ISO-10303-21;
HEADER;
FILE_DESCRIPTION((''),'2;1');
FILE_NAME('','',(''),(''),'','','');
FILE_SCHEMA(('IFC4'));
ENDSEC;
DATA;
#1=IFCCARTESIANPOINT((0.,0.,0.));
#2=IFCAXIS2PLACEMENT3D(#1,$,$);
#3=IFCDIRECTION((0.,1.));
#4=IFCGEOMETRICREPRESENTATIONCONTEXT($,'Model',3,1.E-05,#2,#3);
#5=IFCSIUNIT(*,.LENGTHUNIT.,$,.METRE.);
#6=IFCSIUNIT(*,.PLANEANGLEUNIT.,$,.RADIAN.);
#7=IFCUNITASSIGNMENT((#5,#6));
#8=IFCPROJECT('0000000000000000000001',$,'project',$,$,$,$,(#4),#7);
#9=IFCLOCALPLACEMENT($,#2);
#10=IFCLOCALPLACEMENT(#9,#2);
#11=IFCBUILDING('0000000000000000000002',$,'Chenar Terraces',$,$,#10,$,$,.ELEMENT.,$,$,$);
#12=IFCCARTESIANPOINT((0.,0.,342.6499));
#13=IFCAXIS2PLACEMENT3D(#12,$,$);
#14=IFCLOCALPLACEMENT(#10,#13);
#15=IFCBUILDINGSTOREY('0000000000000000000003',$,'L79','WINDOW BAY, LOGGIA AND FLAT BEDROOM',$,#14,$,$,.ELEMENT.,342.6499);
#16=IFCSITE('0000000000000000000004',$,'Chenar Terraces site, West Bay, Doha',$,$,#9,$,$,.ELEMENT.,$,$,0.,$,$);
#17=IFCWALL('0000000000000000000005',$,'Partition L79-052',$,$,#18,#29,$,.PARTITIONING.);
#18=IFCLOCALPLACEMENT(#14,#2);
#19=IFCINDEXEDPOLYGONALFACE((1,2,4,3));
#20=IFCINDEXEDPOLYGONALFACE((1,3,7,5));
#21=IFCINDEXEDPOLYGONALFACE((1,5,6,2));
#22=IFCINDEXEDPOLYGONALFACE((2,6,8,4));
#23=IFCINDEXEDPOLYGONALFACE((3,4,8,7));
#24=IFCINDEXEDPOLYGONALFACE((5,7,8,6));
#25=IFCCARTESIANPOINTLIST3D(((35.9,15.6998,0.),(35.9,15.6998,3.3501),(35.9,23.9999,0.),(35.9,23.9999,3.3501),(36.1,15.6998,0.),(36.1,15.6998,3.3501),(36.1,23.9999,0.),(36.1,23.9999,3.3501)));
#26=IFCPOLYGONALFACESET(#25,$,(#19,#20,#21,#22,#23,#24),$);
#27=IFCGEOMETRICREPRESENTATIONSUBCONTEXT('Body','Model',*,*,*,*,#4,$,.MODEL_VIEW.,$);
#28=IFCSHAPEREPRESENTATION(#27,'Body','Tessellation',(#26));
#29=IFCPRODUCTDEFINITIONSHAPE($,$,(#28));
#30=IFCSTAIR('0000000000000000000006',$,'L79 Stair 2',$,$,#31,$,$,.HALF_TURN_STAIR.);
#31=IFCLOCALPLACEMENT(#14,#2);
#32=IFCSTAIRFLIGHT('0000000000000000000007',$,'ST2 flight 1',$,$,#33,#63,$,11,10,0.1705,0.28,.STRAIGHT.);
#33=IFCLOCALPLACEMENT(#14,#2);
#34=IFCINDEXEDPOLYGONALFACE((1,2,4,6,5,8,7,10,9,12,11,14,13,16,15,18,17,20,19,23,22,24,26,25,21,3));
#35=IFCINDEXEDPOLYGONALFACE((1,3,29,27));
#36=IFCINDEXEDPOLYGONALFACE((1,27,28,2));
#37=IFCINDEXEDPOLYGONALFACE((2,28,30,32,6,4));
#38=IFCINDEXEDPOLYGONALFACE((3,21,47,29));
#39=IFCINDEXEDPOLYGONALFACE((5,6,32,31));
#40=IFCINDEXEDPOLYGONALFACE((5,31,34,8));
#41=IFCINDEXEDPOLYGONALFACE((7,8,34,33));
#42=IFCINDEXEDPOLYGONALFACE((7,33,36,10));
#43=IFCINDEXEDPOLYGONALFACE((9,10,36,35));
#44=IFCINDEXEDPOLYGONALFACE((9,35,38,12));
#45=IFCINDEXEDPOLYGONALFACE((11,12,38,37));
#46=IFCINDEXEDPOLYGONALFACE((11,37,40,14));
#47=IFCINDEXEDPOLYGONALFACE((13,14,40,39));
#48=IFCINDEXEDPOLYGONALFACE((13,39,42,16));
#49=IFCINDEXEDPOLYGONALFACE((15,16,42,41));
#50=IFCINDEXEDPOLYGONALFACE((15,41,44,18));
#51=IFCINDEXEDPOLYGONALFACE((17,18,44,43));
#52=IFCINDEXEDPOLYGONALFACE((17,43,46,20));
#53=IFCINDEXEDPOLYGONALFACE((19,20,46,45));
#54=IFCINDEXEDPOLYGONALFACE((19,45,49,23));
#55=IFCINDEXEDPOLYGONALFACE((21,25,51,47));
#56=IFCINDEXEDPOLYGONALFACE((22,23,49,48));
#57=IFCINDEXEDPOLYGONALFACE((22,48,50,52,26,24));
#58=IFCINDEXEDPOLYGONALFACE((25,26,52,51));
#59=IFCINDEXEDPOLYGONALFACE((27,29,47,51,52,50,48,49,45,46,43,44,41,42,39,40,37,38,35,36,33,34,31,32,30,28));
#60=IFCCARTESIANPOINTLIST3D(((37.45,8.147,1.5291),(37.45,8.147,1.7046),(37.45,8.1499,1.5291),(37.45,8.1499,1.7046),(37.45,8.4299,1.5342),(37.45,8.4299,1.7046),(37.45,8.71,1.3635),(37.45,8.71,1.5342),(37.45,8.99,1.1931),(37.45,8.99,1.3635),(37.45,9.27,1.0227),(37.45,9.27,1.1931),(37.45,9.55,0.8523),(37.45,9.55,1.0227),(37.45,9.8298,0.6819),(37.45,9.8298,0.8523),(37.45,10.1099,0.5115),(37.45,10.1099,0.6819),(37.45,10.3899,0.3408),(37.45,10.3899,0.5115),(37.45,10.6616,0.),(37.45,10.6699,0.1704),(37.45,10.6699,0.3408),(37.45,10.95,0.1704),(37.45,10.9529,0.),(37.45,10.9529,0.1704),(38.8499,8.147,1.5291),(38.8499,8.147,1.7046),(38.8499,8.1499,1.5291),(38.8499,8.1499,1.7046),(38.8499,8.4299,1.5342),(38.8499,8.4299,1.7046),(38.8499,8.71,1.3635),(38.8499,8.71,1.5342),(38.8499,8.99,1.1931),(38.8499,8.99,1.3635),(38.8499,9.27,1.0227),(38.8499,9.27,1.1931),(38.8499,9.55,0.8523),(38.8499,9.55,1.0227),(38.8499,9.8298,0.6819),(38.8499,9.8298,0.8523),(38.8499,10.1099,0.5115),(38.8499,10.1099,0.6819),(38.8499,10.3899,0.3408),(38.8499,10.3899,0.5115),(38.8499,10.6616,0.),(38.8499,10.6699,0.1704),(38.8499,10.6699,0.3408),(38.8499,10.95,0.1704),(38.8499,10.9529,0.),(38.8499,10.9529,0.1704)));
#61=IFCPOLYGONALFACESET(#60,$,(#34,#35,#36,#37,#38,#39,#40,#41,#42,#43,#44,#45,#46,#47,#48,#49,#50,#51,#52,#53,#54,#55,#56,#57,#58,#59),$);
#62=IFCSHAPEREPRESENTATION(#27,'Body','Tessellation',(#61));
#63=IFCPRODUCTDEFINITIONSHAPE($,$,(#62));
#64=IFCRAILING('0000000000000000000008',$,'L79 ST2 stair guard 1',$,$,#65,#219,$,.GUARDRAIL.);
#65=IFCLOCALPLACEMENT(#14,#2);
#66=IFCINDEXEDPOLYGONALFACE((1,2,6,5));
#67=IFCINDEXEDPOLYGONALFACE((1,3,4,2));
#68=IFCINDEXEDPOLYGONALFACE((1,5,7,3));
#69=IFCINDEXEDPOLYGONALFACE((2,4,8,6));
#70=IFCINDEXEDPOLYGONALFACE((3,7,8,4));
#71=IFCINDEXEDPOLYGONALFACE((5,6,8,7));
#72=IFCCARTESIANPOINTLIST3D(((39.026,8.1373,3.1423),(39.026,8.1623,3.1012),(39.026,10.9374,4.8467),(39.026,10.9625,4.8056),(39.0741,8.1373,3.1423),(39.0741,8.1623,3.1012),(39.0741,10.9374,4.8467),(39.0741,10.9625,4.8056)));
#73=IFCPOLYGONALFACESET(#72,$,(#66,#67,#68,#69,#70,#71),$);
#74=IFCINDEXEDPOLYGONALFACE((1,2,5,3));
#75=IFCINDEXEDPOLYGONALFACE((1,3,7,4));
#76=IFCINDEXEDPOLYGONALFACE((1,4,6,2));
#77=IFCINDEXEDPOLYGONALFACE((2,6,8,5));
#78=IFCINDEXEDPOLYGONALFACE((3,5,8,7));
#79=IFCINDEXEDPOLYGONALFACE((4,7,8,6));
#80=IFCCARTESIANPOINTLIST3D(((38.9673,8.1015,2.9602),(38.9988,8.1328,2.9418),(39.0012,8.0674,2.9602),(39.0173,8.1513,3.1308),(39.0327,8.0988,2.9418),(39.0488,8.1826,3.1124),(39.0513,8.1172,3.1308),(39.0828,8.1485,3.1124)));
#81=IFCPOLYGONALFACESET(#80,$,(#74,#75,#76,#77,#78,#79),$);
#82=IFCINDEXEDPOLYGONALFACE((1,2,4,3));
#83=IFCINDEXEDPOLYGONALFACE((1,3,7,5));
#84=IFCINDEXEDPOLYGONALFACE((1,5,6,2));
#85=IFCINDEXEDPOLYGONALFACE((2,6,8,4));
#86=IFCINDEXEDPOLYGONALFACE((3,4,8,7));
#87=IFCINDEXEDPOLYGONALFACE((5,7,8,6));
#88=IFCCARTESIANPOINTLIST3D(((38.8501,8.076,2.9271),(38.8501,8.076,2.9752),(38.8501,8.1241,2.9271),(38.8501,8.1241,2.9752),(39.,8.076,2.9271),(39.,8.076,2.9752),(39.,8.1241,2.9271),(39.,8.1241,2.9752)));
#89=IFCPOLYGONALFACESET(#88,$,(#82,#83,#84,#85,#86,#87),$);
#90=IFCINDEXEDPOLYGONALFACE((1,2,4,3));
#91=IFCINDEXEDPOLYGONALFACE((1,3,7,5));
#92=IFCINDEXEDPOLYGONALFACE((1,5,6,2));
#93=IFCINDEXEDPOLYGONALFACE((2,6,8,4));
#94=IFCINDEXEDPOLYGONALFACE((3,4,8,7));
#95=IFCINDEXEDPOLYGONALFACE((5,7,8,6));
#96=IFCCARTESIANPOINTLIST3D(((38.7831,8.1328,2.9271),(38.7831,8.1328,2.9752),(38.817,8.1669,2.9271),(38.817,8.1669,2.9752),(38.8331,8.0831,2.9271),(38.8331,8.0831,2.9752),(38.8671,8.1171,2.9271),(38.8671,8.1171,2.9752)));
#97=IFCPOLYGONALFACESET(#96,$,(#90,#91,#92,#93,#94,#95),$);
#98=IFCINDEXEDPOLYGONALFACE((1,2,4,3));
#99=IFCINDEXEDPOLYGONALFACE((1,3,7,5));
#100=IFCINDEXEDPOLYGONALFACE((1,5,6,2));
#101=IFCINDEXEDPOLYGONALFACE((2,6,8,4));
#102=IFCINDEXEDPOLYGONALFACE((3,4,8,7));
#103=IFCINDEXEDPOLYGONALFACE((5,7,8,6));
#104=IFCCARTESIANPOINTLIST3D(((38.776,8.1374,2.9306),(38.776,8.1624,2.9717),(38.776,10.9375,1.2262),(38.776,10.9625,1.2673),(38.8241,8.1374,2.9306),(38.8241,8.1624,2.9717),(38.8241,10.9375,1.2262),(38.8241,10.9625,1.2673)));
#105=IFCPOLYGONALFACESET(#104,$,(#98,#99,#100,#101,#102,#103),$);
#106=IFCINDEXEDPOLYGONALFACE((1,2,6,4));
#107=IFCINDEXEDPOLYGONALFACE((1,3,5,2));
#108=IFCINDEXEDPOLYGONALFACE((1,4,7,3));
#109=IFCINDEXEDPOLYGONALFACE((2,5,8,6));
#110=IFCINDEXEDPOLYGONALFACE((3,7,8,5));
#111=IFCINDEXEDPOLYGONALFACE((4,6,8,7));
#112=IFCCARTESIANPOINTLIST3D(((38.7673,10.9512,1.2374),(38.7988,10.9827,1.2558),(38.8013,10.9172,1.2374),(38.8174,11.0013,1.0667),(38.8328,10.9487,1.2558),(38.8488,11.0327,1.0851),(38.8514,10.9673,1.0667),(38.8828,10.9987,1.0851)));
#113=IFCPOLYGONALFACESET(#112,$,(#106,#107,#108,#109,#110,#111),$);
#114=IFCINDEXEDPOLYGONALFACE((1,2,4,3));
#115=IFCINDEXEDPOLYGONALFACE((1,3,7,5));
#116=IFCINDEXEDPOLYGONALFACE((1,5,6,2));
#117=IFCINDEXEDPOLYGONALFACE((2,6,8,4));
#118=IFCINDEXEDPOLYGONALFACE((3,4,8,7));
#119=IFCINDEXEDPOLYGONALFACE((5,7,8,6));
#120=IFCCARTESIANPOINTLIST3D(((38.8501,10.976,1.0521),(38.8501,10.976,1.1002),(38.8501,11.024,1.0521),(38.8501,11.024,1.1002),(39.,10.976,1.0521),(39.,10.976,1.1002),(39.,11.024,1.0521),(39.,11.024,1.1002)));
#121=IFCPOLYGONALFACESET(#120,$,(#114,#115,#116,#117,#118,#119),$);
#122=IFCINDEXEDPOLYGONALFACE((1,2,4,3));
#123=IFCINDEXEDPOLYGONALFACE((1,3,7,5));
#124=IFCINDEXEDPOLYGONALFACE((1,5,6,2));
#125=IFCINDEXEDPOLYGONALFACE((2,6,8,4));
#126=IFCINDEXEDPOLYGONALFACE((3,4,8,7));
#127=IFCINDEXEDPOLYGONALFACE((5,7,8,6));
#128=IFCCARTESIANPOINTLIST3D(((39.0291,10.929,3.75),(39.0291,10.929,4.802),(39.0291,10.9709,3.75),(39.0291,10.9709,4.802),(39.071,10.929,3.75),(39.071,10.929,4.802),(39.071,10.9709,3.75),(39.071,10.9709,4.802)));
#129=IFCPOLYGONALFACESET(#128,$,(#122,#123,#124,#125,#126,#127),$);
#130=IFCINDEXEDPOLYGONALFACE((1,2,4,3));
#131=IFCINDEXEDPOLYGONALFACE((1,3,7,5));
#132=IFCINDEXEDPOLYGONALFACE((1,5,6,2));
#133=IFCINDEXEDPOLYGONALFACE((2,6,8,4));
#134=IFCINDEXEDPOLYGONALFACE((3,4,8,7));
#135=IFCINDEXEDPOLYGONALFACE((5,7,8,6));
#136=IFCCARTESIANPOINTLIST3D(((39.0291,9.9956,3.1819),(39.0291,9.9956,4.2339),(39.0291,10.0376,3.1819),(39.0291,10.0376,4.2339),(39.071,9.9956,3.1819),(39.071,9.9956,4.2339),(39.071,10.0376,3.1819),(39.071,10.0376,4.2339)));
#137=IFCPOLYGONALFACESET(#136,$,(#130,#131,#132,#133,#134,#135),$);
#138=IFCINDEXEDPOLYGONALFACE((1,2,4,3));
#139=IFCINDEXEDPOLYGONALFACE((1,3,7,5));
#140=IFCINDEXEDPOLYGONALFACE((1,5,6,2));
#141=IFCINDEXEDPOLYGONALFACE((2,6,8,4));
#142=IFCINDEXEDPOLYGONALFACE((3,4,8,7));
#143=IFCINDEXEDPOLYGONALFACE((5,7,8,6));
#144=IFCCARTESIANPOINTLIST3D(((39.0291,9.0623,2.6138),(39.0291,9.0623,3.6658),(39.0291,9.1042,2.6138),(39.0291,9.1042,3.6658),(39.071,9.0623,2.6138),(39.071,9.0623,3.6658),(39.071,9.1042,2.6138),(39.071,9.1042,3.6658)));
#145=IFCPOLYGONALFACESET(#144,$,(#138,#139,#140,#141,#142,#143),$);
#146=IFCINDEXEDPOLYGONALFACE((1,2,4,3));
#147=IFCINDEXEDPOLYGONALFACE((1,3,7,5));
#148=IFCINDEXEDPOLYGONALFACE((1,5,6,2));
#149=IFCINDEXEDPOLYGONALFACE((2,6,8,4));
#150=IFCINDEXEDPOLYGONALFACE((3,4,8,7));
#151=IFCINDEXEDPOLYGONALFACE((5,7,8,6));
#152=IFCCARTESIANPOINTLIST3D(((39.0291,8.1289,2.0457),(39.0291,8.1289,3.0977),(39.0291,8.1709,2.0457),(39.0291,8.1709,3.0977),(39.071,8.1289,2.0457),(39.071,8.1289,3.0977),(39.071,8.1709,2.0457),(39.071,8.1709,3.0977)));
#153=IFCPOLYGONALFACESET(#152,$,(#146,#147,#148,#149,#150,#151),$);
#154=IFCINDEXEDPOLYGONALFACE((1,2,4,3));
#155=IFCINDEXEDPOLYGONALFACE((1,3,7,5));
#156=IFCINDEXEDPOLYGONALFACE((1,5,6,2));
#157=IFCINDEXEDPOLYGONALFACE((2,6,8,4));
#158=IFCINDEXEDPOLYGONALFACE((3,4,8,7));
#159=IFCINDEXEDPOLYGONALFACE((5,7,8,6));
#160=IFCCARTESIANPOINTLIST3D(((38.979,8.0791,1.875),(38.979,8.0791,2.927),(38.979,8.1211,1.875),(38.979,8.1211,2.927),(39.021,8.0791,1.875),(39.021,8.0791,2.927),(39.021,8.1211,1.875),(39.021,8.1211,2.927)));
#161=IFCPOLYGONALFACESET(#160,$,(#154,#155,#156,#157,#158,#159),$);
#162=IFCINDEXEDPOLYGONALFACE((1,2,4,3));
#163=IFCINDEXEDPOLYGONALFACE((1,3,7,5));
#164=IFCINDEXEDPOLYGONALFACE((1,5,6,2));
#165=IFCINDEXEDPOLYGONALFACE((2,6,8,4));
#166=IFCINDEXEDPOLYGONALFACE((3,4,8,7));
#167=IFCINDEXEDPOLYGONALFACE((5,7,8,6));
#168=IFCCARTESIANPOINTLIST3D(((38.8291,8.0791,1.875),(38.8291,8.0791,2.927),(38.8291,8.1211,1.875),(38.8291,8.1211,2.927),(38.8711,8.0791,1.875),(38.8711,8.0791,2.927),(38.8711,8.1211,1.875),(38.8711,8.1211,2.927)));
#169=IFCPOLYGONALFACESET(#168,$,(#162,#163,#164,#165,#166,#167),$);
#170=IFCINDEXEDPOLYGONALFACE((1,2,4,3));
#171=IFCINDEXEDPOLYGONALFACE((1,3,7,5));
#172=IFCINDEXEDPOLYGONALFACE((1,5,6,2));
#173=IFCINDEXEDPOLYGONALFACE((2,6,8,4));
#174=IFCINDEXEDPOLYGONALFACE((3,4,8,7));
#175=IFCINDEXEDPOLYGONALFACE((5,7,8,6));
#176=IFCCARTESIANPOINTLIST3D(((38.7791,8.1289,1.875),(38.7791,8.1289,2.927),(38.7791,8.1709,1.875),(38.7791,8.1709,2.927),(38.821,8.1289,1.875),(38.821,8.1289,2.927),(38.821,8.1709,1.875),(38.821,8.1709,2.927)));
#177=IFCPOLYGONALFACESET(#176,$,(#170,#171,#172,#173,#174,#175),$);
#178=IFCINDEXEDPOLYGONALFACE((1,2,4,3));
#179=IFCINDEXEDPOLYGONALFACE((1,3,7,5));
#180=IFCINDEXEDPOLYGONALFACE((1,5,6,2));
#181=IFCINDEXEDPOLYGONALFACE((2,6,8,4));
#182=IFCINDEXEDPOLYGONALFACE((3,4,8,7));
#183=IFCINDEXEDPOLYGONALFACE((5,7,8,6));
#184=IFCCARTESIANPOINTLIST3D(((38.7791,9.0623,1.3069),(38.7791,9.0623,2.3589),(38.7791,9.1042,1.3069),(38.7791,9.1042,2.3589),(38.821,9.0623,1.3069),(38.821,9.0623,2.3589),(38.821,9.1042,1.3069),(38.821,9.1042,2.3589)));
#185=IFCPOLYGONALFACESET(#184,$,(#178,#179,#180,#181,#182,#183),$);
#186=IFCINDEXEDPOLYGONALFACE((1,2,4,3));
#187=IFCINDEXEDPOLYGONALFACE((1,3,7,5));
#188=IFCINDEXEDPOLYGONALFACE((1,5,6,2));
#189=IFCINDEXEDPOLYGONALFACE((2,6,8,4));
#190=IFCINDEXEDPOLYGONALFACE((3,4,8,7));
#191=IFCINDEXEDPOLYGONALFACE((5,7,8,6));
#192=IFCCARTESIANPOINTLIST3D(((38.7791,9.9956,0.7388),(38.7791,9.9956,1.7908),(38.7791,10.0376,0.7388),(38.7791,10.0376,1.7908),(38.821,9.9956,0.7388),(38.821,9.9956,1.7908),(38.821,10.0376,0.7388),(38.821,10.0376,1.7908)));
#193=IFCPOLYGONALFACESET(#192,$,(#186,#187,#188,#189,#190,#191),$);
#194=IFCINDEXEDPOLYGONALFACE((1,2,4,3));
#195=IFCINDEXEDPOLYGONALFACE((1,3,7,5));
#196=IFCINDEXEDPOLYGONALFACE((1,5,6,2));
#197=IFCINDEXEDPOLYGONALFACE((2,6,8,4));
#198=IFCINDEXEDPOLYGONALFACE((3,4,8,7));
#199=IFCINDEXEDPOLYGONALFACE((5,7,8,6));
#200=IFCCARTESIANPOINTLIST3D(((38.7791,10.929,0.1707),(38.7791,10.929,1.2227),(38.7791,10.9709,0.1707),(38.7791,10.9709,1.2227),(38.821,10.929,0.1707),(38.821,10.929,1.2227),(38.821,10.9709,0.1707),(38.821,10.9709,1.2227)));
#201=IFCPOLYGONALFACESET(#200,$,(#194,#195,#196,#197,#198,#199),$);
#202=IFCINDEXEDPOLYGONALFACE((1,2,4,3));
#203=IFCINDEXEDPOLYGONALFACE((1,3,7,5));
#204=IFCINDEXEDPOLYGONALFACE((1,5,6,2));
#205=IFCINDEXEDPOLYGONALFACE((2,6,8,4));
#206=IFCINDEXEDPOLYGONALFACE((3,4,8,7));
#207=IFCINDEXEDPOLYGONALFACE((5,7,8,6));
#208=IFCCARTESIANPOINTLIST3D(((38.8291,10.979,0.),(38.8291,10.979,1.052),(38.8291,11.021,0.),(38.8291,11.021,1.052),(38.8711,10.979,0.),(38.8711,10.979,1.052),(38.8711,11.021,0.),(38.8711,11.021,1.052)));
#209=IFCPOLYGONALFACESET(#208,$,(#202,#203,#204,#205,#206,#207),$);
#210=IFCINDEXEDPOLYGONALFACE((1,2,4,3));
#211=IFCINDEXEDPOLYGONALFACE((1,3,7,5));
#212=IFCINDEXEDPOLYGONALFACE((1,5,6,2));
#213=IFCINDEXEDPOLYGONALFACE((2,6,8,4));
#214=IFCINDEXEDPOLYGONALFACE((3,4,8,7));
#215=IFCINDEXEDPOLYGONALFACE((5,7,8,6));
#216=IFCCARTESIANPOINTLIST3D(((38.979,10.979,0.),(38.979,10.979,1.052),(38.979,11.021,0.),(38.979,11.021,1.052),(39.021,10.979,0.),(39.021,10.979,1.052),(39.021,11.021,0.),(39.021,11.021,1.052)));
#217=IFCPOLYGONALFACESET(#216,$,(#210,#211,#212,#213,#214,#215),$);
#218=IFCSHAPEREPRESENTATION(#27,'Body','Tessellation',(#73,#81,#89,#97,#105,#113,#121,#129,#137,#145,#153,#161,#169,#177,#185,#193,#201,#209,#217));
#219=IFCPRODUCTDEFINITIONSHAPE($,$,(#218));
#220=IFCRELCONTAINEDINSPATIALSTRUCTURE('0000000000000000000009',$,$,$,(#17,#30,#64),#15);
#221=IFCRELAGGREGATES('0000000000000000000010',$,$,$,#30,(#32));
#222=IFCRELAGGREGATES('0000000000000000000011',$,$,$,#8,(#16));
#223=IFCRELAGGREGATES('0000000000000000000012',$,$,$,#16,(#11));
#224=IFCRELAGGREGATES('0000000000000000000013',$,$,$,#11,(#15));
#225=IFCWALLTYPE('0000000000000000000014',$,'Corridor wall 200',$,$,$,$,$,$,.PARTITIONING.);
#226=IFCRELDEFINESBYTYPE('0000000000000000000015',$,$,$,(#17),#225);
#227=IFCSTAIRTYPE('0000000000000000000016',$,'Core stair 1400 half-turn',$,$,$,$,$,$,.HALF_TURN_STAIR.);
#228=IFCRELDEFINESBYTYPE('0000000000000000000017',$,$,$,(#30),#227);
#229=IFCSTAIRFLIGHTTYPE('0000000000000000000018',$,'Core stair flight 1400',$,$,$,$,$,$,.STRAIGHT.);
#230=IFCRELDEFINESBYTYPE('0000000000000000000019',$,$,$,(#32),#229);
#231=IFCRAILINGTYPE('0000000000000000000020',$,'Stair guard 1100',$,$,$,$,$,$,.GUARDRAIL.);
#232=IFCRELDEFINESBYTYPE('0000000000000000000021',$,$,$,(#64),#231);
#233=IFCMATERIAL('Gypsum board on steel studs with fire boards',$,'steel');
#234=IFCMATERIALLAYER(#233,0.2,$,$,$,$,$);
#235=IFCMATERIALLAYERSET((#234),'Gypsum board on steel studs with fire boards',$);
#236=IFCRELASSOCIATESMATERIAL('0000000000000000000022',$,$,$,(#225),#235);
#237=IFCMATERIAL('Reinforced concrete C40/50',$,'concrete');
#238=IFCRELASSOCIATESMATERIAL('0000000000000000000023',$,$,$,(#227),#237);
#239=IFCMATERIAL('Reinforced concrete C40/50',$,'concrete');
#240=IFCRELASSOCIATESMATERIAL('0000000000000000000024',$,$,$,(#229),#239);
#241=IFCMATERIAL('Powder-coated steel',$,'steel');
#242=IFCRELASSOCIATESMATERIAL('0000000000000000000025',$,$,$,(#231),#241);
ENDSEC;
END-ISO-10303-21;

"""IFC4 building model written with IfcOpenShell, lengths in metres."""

from ifc_helpers import new_model, si_unit, direction, frame, frame_2d, origin, origin_2d, place, context, subcontext, project, spatial, polyline, rectangle, outline, extrude, material, layer, layer_set, type_object, element, aggregate, save


model = new_model("IFC4")

# Units and contexts
model_context = context("Model", 3, precision=1e-05, world=origin(), true_north=direction((0.0, 1.0)))
body_context = subcontext(model_context, "Body", "Model", "MODEL_VIEW")
ifc_project = project(units=[si_unit("LENGTHUNIT", "METRE"), si_unit("PLANEANGLEUNIT", "RADIAN")], contexts=[model_context])

# Site, building, storey
site_placement = place(None, origin())
site = spatial("IfcSite", under=ifc_project, at=site_placement, Name="Chenar Terraces site, West Bay, Doha", CompositionType="ELEMENT", RefElevation=0.0)
building_placement = place(site_placement, origin())
building = spatial("IfcBuilding", under=site, at=building_placement, Name="Chenar Terraces", CompositionType="ELEMENT")
storey_placement = place(building_placement, frame((0.0, 0.0, 342.6499)))
storey = spatial("IfcBuildingStorey", under=building, at=storey_placement, Name="L79", Description="WINDOW BAY, LOGGIA AND FLAT BEDROOM", CompositionType="ELEMENT", Elevation=342.6499)

# Shared definitions
ifc_material_1 = material(Name="Gypsum board on steel studs with fire boards", Category="steel")
ifc_layer_1 = layer(ifc_material_1, 0.2)
ifc_layer_set_1 = layer_set([ifc_layer_1], Name="Gypsum board on steel studs with fire boards")
wall_type_1 = type_object("IfcWallType", Name="Corridor wall 200", PredefinedType="PARTITIONING", material=ifc_layer_set_1)

# Wall
wall_1_placement = place(storey_placement, frame((36.0, 15.7, 0.0), z_axis=(0.0, 0.0, 1.0), x_axis=(0.0, 1.0, 0.0)))
element("IfcWall", 1, at=wall_1_placement, inside=storey, type_object=wall_type_1, Name="Partition L79-052", PredefinedType="PARTITIONING", context=body_context, shape_type="SweptSolid", body=[
    extrude(rectangle(XDim=8.3, YDim=0.2, at=frame_2d((4.1499, 0.0))), origin(), (0.0, 0.0, 1.0), 3.3501),
])

# Stair, stair flight
ifc_material_2 = material(Name="Reinforced concrete C40/50", Category="concrete")
stair_type = type_object("IfcStairType", Name="Core stair 1400 half-turn", PredefinedType="HALF_TURN_STAIR", material=ifc_material_2)
stair_placement = place(storey_placement, origin())
stair = element("IfcStair", 2, at=stair_placement, inside=storey, type_object=stair_type, Name="L79 Stair 2", PredefinedType="HALF_TURN_STAIR")
ifc_material_3 = material(Name="Reinforced concrete C40/50", Category="concrete")
stair_flight_type = type_object("IfcStairFlightType", Name="Core stair flight 1400", PredefinedType="STRAIGHT", material=ifc_material_3)
stair_flight_placement = place(storey_placement, frame((38.1499, 10.95, 0.0), z_axis=(0.0, 0.0, 1.0), x_axis=(0.0, -1.0, 0.0)))
stair_flight = element("IfcStairFlight", 3, at=stair_flight_placement, type_object=stair_flight_type, Name="ST2 flight 1", NumberOfRisers=11, NumberOfTreads=10, PredefinedType="STRAIGHT", RiserHeight=0.1705, TreadLength=0.28, context=body_context, shape_type="SweptSolid", body=[
    extrude(outline(polyline([(-0.0029, 0.0), (-0.0029, 0.1704), (0.0, 0.1704), (0.28, 0.1704), (0.28, 0.3408), (0.5601, 0.3408), (0.5601, 0.5115), (0.8401, 0.5115), (0.8401, 0.6819), (1.1201, 0.6819), (1.1201, 0.8523), (1.3999, 0.8523), (1.3999, 1.0227), (1.6799, 1.0227), (1.6799, 1.1931), (1.96, 1.1931), (1.96, 1.3635), (2.24, 1.3635), (2.24, 1.5342), (2.52, 1.5342), (2.52, 1.7046), (2.8, 1.7046), (2.803, 1.7046), (2.803, 1.5291), (2.8, 1.5291), (0.2883, 0.0), (-0.0029, 0.0)])), frame((0.0, 0.7, 0.0), z_axis=(0.0, -1.0, 0.0), x_axis=(1.0, 0.0, 0.0)), (0.0, 0.0, 1.0), 1.3999),
])
aggregate(stair, [stair_flight])

# Railing
ifc_material_4 = material(Name="Powder-coated steel", Category="steel")
railing_type_1 = type_object("IfcRailingType", Name="Stair guard 1100", PredefinedType="GUARDRAIL", material=ifc_material_4)
railing_1_placement = place(storey_placement, frame((39.05, 10.95, 3.75)))
element("IfcRailing", 4, at=railing_1_placement, inside=storey, type_object=railing_type_1, Name="L79 ST2 stair guard 1", PredefinedType="GUARDRAIL", context=body_context, shape_type="SweptSolid", body=[
    extrude(rectangle(XDim=0.0481, YDim=0.0481, at=origin_2d()), frame((0.0, 0.0, 1.0762), z_axis=(0.0, -0.854203, -0.51994), x_axis=(1.0, 0.0, 0.0)), (0.0, 0.0, 1.0), 3.2781),
    extrude(rectangle(XDim=0.0481, YDim=0.0481, at=origin_2d()), frame((0.0, -2.8, -0.6284), z_axis=(-0.270997, -0.269675, -0.924033), x_axis=(0.705376, -0.708834, 0.0)), (0.0, 0.0, 1.0), 0.1846),
    extrude(rectangle(XDim=0.0481, YDim=0.0481, at=origin_2d()), frame((-0.05, -2.8499, -0.7988), z_axis=(-1.0, 0.0, 0.0), x_axis=(0.0, -1.0, 0.0)), (0.0, 0.0, 1.0), 0.1499),
    extrude(rectangle(XDim=0.0481, YDim=0.0481, at=origin_2d()), frame((-0.2, -2.8499, -0.7988), z_axis=(-0.708834, 0.705376, 0.0), x_axis=(-0.705376, -0.708834, 0.0)), (0.0, 0.0, 1.0), 0.0706),
    extrude(rectangle(XDim=0.0481, YDim=0.0481, at=origin_2d()), frame((-0.25, -2.8, -0.7988), z_axis=(0.0, 0.854203, -0.51994), x_axis=(-1.0, 0.0, 0.0)), (0.0, 0.0, 1.0), 3.2781),
    extrude(rectangle(XDim=0.0481, YDim=0.0481, at=origin_2d()), frame((-0.25, 0.0, -2.5034), z_axis=(0.2709, 0.2709, -0.923703), x_axis=(-0.707107, 0.707107, 0.0)), (0.0, 0.0, 1.0), 0.1848),
    extrude(rectangle(XDim=0.0481, YDim=0.0481, at=origin_2d()), frame((-0.2, 0.05, -2.6738), z_axis=(1.0, 0.0, 0.0), x_axis=(0.0, 1.0, 0.0)), (0.0, 0.0, 1.0), 0.1499),
    extrude(rectangle(XDim=0.042, YDim=0.042, at=origin_2d()), origin(), (0.0, 0.0, 1.0), 1.052),
    extrude(rectangle(XDim=0.042, YDim=0.042, at=origin_2d()), frame((0.0, -0.9333, -0.5681)), (0.0, 0.0, 1.0), 1.052),
    extrude(rectangle(XDim=0.042, YDim=0.042, at=origin_2d()), frame((0.0, -1.8667, -1.1362)), (0.0, 0.0, 1.0), 1.052),
    extrude(rectangle(XDim=0.042, YDim=0.042, at=origin_2d()), frame((0.0, -2.8, -1.7043)), (0.0, 0.0, 1.0), 1.052),
    extrude(rectangle(XDim=0.042, YDim=0.042, at=origin_2d()), frame((-0.05, -2.8499, -1.875)), (0.0, 0.0, 1.0), 1.052),
    extrude(rectangle(XDim=0.042, YDim=0.042, at=origin_2d()), frame((-0.2, -2.8499, -1.875)), (0.0, 0.0, 1.0), 1.052),
    extrude(rectangle(XDim=0.042, YDim=0.042, at=origin_2d()), frame((-0.25, -2.8, -1.875)), (0.0, 0.0, 1.0), 1.052),
    extrude(rectangle(XDim=0.042, YDim=0.042, at=origin_2d()), frame((-0.25, -1.8667, -2.4431)), (0.0, 0.0, 1.0), 1.052),
    extrude(rectangle(XDim=0.042, YDim=0.042, at=origin_2d()), frame((-0.25, -0.9333, -3.0112)), (0.0, 0.0, 1.0), 1.052),
    extrude(rectangle(XDim=0.042, YDim=0.042, at=origin_2d()), frame((-0.25, 0.0, -3.5793)), (0.0, 0.0, 1.0), 1.052),
    extrude(rectangle(XDim=0.042, YDim=0.042, at=origin_2d()), frame((-0.2, 0.05, -3.75)), (0.0, 0.0, 1.0), 1.052),
    extrude(rectangle(XDim=0.042, YDim=0.042, at=origin_2d()), frame((-0.05, 0.05, -3.75)), (0.0, 0.0, 1.0), 1.052),
])

save(model, "model.ifc")
